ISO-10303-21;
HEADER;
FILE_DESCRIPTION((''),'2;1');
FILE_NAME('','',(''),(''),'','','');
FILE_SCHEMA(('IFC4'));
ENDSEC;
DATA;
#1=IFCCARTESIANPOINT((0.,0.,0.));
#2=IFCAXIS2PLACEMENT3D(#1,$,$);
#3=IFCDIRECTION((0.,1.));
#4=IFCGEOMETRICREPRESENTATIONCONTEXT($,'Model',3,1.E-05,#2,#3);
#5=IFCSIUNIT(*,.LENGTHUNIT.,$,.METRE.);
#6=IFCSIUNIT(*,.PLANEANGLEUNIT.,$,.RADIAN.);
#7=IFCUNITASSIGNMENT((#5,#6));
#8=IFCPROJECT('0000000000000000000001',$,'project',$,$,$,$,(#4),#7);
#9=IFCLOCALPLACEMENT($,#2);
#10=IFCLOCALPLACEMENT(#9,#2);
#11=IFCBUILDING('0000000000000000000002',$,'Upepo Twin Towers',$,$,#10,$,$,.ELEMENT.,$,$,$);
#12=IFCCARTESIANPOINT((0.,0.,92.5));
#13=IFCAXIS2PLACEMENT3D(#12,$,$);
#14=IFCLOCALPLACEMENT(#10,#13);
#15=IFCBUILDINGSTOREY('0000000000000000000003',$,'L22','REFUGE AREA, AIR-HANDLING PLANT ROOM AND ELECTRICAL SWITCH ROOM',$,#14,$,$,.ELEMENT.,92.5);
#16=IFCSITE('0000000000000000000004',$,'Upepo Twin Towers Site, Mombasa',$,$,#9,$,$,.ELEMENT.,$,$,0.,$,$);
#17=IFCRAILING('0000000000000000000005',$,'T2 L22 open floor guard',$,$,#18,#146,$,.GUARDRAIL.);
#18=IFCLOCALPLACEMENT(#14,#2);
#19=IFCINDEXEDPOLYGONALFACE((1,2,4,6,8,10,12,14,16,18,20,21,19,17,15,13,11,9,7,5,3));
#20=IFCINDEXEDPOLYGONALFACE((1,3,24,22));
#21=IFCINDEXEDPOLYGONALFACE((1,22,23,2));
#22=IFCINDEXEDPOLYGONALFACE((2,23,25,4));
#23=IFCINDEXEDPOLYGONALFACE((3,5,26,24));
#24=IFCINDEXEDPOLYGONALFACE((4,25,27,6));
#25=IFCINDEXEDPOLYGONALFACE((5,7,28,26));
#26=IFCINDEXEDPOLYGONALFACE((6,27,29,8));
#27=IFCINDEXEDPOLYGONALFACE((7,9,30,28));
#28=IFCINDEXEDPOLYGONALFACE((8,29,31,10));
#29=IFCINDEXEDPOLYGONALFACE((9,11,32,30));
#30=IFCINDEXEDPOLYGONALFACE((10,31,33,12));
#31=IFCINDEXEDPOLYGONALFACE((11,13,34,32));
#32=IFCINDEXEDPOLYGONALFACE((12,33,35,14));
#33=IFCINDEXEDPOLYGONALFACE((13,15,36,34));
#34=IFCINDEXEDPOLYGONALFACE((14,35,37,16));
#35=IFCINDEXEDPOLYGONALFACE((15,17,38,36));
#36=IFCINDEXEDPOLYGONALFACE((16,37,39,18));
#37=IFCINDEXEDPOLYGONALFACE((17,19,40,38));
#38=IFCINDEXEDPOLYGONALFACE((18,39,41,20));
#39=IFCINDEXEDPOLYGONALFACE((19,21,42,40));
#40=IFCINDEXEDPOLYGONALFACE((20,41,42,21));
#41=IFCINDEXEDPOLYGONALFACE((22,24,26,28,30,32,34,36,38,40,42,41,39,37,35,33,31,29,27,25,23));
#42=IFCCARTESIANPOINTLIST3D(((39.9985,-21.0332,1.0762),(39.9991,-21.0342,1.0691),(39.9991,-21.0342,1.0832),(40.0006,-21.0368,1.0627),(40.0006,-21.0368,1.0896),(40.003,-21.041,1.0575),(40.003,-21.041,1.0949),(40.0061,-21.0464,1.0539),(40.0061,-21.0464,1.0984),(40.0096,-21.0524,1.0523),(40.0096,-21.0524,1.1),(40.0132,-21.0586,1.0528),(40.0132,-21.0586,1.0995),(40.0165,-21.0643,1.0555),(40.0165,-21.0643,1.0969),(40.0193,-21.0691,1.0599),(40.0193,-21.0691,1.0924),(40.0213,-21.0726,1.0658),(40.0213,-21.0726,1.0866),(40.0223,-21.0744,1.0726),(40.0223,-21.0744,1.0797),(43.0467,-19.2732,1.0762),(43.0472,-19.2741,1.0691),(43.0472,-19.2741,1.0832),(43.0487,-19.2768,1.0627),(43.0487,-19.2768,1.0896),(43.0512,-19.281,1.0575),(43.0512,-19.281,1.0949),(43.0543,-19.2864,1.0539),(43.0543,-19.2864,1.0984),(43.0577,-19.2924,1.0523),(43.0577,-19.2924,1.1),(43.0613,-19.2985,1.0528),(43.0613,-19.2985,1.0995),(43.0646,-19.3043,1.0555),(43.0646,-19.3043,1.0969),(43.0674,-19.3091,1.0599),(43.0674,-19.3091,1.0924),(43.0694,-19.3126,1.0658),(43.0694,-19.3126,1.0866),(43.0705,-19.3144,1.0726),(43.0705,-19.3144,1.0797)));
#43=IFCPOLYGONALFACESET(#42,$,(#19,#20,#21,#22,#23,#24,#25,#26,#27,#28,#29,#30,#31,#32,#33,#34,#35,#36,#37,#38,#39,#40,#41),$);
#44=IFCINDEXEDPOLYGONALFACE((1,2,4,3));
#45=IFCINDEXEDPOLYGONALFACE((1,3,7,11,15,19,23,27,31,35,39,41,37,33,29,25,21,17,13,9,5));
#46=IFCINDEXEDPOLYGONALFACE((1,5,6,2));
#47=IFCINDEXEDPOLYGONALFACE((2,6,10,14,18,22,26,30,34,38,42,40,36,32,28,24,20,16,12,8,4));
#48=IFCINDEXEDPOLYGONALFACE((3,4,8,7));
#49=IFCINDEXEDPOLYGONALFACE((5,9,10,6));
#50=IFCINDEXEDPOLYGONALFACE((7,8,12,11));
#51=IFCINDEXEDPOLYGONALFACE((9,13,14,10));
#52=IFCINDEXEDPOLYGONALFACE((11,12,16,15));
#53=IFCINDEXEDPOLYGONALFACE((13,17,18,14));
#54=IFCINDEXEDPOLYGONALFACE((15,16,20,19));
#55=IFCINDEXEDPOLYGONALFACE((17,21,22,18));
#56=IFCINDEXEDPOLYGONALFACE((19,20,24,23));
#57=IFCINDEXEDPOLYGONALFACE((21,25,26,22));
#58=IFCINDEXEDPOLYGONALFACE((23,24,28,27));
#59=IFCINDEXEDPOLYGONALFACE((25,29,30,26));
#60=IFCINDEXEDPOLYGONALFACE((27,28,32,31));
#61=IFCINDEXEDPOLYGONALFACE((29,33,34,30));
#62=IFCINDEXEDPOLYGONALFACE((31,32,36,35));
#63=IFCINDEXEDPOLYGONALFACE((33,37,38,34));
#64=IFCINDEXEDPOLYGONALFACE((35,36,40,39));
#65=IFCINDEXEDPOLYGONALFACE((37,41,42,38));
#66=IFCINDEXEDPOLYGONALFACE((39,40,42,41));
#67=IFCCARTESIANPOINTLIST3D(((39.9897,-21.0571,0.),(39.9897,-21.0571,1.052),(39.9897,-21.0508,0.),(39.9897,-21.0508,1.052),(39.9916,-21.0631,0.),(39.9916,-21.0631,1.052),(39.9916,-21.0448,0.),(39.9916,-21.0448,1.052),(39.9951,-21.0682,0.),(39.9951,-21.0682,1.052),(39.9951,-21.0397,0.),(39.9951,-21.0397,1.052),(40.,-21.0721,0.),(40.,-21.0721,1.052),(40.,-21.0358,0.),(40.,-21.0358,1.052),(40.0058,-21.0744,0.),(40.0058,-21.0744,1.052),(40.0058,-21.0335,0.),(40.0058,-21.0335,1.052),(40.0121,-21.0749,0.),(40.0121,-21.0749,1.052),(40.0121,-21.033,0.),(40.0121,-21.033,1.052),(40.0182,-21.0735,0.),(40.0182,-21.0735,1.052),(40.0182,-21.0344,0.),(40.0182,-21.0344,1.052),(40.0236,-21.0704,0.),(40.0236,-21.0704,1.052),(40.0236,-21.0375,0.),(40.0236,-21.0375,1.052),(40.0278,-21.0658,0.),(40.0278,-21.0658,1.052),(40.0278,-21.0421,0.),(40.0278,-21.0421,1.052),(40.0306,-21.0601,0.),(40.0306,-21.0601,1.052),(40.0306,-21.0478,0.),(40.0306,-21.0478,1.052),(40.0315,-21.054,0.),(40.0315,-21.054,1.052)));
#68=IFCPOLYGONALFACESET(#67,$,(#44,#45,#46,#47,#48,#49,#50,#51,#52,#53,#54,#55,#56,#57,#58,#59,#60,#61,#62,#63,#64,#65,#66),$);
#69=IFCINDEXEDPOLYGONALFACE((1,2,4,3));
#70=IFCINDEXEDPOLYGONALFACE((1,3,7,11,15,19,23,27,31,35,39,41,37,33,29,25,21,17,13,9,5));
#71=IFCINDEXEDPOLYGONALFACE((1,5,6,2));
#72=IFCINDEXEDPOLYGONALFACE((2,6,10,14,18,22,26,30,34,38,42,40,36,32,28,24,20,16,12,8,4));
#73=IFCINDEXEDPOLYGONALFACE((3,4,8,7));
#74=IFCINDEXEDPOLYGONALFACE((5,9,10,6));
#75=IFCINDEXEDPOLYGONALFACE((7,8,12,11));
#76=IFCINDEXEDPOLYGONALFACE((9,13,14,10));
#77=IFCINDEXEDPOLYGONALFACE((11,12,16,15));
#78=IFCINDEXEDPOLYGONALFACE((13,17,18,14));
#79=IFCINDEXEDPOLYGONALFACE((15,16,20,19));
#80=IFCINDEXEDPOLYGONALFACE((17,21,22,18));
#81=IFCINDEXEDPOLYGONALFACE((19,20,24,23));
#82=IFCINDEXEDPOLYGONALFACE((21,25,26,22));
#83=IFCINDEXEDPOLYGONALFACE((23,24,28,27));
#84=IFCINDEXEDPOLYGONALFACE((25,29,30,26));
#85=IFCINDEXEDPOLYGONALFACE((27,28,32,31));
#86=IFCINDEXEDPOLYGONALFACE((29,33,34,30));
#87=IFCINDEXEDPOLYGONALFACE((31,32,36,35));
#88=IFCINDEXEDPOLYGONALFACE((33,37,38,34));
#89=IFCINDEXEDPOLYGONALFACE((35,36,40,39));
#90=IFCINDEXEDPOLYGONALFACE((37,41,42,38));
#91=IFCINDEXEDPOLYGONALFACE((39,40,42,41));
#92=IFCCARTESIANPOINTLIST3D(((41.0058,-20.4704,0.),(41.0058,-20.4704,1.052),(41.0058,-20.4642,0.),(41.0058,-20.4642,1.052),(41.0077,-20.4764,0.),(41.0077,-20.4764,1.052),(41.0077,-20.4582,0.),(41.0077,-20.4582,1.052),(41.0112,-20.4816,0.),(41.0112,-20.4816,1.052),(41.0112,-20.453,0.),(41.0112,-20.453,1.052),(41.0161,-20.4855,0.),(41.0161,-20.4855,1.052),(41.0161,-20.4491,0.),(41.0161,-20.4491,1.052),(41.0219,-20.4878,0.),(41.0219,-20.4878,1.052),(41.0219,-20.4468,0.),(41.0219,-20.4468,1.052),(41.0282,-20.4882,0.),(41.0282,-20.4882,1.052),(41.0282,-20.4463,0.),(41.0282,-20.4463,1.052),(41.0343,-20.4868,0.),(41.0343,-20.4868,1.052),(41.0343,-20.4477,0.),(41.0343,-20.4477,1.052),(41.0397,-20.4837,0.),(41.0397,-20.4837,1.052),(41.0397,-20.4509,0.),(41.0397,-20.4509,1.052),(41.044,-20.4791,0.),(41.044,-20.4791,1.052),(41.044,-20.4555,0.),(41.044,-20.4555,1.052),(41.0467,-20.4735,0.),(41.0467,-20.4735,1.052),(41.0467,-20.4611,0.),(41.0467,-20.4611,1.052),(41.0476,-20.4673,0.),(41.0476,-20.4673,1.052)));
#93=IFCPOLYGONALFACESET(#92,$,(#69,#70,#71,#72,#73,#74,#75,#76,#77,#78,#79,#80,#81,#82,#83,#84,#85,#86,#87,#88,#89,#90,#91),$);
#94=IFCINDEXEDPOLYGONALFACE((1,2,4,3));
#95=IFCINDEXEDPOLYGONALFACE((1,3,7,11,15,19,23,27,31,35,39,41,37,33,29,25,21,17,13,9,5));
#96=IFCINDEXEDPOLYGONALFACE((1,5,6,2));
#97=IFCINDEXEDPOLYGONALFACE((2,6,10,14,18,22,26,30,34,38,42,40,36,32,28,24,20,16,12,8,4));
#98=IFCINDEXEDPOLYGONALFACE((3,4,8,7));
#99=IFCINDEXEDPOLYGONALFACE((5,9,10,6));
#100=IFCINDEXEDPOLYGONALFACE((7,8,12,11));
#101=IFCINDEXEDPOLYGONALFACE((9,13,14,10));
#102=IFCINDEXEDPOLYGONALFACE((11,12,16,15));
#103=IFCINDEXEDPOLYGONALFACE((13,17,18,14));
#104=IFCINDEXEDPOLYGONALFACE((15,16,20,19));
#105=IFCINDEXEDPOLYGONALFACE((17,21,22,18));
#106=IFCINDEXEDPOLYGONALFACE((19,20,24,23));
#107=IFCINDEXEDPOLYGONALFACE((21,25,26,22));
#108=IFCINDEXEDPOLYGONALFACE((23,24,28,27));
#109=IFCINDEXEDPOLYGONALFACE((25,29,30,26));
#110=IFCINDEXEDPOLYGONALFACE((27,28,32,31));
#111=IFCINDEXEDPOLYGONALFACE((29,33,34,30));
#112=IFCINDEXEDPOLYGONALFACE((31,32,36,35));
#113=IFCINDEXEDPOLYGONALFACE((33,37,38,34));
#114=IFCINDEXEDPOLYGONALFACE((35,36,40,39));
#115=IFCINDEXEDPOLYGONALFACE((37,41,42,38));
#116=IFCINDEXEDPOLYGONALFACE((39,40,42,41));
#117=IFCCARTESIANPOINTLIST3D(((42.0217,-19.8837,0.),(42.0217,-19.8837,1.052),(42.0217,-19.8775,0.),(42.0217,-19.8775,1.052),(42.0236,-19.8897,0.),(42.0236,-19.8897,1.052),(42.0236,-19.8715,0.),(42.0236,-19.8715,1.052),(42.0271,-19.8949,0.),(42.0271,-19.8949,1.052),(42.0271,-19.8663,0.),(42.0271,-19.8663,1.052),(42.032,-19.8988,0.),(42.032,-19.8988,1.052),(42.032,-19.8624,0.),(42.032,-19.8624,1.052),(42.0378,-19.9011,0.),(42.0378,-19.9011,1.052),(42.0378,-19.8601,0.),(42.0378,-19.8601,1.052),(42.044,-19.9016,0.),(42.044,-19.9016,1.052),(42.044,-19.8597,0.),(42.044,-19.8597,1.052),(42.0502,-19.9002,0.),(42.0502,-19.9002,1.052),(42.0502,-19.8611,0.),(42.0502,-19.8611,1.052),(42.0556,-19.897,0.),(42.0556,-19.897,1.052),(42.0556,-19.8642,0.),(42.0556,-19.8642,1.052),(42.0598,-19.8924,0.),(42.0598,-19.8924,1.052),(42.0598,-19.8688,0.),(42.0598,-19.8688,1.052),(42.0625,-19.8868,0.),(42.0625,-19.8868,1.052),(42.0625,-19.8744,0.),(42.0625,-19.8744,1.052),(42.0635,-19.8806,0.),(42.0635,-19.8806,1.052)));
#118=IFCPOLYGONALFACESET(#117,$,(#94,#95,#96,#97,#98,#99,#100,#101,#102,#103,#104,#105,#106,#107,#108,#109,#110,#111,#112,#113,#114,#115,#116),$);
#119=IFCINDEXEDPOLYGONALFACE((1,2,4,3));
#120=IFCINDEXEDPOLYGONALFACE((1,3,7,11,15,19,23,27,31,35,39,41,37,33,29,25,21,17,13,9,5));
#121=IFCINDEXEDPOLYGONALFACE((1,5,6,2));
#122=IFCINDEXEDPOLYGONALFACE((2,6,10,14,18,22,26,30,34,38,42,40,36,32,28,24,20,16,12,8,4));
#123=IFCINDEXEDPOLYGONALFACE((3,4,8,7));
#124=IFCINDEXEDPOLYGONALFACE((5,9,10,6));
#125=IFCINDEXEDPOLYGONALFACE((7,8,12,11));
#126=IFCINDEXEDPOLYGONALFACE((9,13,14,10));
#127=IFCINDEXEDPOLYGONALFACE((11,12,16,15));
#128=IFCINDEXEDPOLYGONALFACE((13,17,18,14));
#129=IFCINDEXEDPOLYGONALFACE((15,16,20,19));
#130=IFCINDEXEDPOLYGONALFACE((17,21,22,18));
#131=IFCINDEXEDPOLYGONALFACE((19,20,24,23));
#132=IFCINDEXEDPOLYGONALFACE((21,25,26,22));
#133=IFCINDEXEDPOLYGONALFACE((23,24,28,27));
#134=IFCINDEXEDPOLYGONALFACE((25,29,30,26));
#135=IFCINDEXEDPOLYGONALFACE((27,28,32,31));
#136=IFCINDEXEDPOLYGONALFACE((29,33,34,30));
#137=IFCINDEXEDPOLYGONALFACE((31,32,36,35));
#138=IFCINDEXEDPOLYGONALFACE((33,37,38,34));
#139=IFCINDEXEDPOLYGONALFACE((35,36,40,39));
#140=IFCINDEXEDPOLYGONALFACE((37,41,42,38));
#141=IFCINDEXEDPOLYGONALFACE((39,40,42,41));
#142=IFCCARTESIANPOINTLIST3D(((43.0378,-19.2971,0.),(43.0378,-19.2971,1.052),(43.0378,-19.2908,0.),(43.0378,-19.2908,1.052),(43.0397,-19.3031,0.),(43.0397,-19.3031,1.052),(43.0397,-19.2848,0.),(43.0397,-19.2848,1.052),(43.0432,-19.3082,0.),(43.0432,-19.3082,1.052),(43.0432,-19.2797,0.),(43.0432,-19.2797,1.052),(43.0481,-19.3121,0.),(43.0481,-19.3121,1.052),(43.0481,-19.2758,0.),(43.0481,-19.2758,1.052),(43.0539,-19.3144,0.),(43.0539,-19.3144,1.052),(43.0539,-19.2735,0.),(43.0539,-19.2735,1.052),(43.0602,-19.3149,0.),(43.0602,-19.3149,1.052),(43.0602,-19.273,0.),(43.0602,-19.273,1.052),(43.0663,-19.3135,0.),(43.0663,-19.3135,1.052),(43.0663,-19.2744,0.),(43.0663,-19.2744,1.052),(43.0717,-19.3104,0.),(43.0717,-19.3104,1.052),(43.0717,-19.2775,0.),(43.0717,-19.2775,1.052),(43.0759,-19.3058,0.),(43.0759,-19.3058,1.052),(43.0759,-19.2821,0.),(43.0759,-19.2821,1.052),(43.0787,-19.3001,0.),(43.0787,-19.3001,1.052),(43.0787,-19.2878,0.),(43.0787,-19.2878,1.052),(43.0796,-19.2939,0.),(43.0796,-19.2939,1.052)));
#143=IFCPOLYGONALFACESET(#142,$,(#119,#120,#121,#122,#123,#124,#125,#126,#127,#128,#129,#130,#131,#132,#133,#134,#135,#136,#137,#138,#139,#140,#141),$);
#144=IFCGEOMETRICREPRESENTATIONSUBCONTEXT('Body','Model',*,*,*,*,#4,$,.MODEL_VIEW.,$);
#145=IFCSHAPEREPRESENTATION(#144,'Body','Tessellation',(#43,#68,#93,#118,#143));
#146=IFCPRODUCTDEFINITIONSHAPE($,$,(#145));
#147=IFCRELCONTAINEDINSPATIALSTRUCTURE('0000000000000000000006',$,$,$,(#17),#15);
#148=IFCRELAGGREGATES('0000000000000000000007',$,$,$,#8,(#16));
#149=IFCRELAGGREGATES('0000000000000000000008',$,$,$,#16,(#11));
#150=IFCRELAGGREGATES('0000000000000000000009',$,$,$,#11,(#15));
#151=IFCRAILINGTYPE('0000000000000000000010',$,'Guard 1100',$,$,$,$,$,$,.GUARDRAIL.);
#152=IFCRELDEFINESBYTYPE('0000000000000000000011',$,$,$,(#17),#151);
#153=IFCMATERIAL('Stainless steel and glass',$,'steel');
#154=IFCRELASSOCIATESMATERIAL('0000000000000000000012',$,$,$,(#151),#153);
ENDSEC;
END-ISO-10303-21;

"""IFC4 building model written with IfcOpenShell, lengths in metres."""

from ifc_helpers import new_model, si_unit, direction, frame, origin, origin_2d, place, context, subcontext, project, spatial, circle, extrude, material, type_object, element, save


model = new_model("IFC4")

# Units and contexts
model_context = context("Model", 3, precision=1e-05, world=origin(), true_north=direction((0.0, 1.0)))
body_context = subcontext(model_context, "Body", "Model", "MODEL_VIEW")
ifc_project = project(units=[si_unit("LENGTHUNIT", "METRE"), si_unit("PLANEANGLEUNIT", "RADIAN")], contexts=[model_context])

# Site, building, storey
site_placement = place(None, origin())
site = spatial("IfcSite", under=ifc_project, at=site_placement, Name="Upepo Twin Towers Site, Mombasa", CompositionType="ELEMENT", RefElevation=0.0)
building_placement = place(site_placement, origin())
building = spatial("IfcBuilding", under=site, at=building_placement, Name="Upepo Twin Towers", CompositionType="ELEMENT")
storey_placement = place(building_placement, frame((0.0, 0.0, 92.5)))
storey = spatial("IfcBuildingStorey", under=building, at=storey_placement, Name="L22", Description="REFUGE AREA, AIR-HANDLING PLANT ROOM AND ELECTRICAL SWITCH ROOM", CompositionType="ELEMENT", Elevation=92.5)

# Railing
ifc_material_1 = material(Name="Stainless steel and glass", Category="steel")
railing_type = type_object("IfcRailingType", Name="Guard 1100", PredefinedType="GUARDRAIL", material=ifc_material_1)
for number, where, name in (
    (1, (40.0105, -21.054, 0.0), "T2 L22 open floor guard"),
):
    element("IfcRailing", number, at=place(storey_placement, frame(where)), inside=storey, type_object=railing_type, Name=name, PredefinedType="GUARDRAIL", context=body_context, shape_type="SweptSolid", body=[
        extrude(circle(Radius=0.0239, at=origin_2d()), frame((0.0, 0.0, 1.0762), z_axis=(0.866002, 0.500041, 0.0), x_axis=(-0.500041, 0.866002, 0.0)), (0.0, 0.0, 1.0), 3.5198),
        extrude(circle(Radius=0.021, at=origin_2d()), origin(), (0.0, 0.0, 1.0), 1.052),
        extrude(circle(Radius=0.021, at=origin_2d()), frame((1.0161, 0.5867, 0.0)), (0.0, 0.0, 1.0), 1.052),
        extrude(circle(Radius=0.021, at=origin_2d()), frame((2.032, 1.1733, 0.0)), (0.0, 0.0, 1.0), 1.052),
        extrude(circle(Radius=0.021, at=origin_2d()), frame((3.0481, 1.76, 0.0)), (0.0, 0.0, 1.0), 1.052),
    ])

save(model, "model.ifc")
